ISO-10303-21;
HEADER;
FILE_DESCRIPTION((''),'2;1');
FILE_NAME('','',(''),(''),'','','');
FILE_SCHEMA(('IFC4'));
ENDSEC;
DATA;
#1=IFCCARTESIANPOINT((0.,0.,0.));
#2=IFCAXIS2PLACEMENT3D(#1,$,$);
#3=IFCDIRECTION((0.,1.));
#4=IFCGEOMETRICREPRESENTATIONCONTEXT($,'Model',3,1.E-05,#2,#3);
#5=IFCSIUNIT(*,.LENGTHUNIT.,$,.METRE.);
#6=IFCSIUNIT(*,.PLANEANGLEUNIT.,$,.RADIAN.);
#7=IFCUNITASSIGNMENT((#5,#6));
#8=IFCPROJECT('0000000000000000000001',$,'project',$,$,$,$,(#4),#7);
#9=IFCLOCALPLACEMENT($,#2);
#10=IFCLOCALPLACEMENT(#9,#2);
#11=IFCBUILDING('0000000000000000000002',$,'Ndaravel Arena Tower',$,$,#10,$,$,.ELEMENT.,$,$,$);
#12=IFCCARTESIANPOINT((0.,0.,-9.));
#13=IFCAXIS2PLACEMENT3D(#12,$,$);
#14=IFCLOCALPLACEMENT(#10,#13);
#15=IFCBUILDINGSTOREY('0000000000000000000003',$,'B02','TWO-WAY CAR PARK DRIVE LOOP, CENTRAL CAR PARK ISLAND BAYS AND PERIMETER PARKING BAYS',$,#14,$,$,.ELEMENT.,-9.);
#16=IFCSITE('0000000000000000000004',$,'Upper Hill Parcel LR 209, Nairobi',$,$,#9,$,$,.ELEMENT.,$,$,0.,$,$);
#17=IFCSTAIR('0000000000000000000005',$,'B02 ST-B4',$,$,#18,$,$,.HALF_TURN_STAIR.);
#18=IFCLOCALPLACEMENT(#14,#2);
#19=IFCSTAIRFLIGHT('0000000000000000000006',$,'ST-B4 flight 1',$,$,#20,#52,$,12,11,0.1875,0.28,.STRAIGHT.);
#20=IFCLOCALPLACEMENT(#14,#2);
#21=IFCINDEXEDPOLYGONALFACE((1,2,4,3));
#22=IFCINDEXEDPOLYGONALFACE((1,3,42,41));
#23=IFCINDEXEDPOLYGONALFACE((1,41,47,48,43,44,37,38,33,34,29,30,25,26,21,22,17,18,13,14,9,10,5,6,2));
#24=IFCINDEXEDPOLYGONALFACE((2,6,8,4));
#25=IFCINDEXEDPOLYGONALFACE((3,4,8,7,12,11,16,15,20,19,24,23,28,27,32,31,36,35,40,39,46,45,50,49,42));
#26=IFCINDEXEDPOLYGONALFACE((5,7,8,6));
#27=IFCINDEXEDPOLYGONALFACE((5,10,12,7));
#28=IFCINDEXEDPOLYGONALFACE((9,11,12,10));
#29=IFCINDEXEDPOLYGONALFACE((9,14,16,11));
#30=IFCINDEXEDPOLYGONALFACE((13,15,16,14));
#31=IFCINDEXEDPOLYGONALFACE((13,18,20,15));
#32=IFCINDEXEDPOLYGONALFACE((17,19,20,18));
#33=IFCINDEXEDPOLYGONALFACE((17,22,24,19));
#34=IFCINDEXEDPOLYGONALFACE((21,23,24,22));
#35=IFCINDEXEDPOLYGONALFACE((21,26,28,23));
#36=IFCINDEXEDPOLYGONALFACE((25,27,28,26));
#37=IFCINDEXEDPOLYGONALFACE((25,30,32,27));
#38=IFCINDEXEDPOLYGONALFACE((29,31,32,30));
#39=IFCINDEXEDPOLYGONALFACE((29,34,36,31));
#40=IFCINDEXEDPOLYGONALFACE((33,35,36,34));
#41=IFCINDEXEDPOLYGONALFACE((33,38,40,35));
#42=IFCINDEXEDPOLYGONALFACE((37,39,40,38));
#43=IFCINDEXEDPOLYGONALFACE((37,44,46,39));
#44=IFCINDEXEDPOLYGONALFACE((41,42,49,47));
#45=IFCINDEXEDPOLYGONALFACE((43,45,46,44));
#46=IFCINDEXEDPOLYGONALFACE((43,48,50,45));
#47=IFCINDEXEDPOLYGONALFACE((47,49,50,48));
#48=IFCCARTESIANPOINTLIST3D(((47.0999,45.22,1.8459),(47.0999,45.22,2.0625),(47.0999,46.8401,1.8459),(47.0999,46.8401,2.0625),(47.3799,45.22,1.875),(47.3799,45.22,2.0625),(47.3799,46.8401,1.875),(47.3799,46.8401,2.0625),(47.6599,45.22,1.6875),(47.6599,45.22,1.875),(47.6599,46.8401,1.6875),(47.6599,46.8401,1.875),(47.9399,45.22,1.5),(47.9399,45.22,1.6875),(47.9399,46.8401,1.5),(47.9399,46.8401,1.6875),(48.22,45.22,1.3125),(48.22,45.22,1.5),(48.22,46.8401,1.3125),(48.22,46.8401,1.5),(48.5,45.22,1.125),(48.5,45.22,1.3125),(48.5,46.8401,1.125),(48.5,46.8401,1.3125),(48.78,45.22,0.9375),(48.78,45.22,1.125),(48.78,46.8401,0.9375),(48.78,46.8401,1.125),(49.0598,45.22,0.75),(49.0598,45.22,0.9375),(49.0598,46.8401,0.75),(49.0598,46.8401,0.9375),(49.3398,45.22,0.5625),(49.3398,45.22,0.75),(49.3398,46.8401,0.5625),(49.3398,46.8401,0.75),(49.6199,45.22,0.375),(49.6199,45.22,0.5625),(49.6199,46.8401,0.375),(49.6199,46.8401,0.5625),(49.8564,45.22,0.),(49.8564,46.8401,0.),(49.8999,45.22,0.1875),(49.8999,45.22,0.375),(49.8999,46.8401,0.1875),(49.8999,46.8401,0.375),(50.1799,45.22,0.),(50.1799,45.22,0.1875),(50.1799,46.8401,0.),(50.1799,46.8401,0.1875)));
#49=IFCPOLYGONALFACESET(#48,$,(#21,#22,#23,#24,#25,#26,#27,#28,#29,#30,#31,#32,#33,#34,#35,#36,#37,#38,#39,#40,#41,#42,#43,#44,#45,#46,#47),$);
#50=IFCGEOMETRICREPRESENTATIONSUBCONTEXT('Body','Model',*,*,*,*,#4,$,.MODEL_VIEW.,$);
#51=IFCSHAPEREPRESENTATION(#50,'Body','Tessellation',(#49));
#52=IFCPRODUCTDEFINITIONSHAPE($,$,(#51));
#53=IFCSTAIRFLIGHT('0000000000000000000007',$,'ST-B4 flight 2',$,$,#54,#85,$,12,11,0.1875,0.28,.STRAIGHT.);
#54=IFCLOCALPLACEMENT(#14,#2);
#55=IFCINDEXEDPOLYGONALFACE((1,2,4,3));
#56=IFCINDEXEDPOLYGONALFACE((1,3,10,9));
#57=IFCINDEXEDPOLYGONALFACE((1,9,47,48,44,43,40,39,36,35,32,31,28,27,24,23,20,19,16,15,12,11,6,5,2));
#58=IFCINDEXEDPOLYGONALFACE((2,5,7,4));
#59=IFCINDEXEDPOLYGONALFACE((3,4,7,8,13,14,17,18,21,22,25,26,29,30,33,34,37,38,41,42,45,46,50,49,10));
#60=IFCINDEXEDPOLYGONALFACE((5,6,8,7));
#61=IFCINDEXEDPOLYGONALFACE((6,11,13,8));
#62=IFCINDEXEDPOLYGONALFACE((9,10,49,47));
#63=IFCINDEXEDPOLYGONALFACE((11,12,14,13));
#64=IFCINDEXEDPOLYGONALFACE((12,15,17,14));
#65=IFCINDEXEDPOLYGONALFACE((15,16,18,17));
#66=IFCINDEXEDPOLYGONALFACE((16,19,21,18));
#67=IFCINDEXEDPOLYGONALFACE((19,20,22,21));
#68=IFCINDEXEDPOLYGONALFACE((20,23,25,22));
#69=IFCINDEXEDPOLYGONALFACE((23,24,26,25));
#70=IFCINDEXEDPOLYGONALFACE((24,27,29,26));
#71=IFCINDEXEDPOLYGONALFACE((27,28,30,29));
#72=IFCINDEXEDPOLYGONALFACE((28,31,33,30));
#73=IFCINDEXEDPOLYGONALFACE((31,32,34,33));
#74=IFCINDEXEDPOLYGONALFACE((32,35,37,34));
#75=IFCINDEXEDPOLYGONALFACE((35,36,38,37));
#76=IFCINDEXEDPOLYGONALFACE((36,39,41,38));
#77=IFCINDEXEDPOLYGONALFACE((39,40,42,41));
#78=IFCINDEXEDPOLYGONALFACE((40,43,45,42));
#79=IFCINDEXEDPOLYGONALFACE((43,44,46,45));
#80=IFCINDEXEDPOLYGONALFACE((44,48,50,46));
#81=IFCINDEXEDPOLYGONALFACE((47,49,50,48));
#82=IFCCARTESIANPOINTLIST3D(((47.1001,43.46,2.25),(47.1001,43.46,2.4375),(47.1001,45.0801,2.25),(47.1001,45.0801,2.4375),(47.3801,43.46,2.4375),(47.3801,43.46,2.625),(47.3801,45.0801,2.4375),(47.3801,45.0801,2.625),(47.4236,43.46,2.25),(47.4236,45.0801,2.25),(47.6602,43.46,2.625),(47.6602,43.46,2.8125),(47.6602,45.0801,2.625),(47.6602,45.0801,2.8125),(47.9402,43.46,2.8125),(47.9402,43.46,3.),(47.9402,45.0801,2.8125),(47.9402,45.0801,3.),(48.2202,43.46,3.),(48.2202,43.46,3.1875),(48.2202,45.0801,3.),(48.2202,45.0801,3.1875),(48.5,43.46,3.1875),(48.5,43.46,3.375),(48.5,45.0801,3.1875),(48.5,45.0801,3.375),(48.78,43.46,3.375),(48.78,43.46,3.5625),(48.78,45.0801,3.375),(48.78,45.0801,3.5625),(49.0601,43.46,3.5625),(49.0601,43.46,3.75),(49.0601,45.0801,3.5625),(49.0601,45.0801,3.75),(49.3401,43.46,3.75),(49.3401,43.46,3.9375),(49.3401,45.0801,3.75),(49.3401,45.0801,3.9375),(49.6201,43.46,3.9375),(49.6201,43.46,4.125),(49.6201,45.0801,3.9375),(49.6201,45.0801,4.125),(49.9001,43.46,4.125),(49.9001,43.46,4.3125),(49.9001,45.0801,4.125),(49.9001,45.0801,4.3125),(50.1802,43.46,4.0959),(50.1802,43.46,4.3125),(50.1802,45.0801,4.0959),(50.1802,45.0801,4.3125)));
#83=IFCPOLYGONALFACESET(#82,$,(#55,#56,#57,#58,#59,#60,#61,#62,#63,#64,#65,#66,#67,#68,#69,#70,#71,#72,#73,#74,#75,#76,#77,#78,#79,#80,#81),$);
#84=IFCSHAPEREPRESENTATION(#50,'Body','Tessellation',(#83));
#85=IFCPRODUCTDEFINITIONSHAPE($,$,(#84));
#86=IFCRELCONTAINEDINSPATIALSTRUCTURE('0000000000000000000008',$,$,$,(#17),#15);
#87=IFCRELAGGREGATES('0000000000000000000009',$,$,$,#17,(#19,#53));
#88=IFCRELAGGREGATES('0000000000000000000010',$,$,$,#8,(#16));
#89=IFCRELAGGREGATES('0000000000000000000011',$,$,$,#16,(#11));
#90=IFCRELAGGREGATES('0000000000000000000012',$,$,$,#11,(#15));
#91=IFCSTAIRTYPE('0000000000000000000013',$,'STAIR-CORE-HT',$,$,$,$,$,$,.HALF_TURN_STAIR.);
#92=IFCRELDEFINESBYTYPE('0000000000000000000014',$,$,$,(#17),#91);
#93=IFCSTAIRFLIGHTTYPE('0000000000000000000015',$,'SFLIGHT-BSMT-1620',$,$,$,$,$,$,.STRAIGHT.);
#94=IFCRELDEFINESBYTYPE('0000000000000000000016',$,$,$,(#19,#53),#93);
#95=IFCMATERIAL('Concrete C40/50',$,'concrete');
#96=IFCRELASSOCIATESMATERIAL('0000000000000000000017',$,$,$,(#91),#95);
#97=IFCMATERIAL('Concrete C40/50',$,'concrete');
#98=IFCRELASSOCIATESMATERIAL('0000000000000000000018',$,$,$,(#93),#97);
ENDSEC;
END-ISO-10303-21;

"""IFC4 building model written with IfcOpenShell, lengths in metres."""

from ifc_helpers import new_model, si_unit, direction, frame, origin, place, context, subcontext, project, spatial, polyline, outline, extrude, material, type_object, element, aggregate, save


model = new_model("IFC4")

# Units and contexts
model_context = context("Model", 3, precision=1e-05, world=origin(), true_north=direction((0.0, 1.0)))
body_context = subcontext(model_context, "Body", "Model", "MODEL_VIEW")
ifc_project = project(units=[si_unit("LENGTHUNIT", "METRE"), si_unit("PLANEANGLEUNIT", "RADIAN")], contexts=[model_context])

# Site, building, storey
site_placement = place(None, origin())
site = spatial("IfcSite", under=ifc_project, at=site_placement, Name="Upper Hill Parcel LR 209, Nairobi", CompositionType="ELEMENT", RefElevation=0.0)
building_placement = place(site_placement, origin())
building = spatial("IfcBuilding", under=site, at=building_placement, Name="Ndaravel Arena Tower", CompositionType="ELEMENT")
storey_placement = place(building_placement, frame((0.0, 0.0, -9.0)))
storey = spatial("IfcBuildingStorey", under=building, at=storey_placement, Name="B02", Description="TWO-WAY CAR PARK DRIVE LOOP, CENTRAL CAR PARK ISLAND BAYS AND PERIMETER PARKING BAYS", CompositionType="ELEMENT", Elevation=-9.0)

# Stair, stair flights
ifc_material_1 = material(Name="Concrete C40/50", Category="concrete")
stair_type = type_object("IfcStairType", Name="STAIR-CORE-HT", PredefinedType="HALF_TURN_STAIR", material=ifc_material_1)
stair_placement = place(storey_placement, origin())
stair = element("IfcStair", 1, at=stair_placement, inside=storey, type_object=stair_type, Name="B02 ST-B4", PredefinedType="HALF_TURN_STAIR")
ifc_material_2 = material(Name="Concrete C40/50", Category="concrete")
stair_flight_type = type_object("IfcStairFlightType", Name="SFLIGHT-BSMT-1620", PredefinedType="STRAIGHT", material=ifc_material_2)
stair_flight_1_placement = place(storey_placement, frame((50.1799, 46.03, 0.0), z_axis=(0.0, 0.0, 1.0), x_axis=(-1.0, 0.0, 0.0)))
stair_flight_1 = element("IfcStairFlight", 2, at=stair_flight_1_placement, type_object=stair_flight_type, Name="ST-B4 flight 1", NumberOfRisers=12, NumberOfTreads=11, PredefinedType="STRAIGHT", RiserHeight=0.1875, TreadLength=0.28, context=body_context, shape_type="SweptSolid", body=[
    extrude(outline(polyline([(0.0, 0.0), (0.0, 0.1875), (0.28, 0.1875), (0.28, 0.375), (0.5601, 0.375), (0.5601, 0.5625), (0.8401, 0.5625), (0.8401, 0.75), (1.1201, 0.75), (1.1201, 0.9375), (1.3999, 0.9375), (1.3999, 1.125), (1.6799, 1.125), (1.6799, 1.3125), (1.96, 1.3125), (1.96, 1.5), (2.24, 1.5), (2.24, 1.6875), (2.52, 1.6875), (2.52, 1.875), (2.8, 1.875), (2.8, 2.0625), (3.0801, 2.0625), (3.0801, 2.25), (3.0801, 1.8459), (0.3235, 0.0), (0.0, 0.0)])), frame((0.0, 0.8101, 0.0), z_axis=(0.0, -1.0, 0.0), x_axis=(1.0, 0.0, 0.0)), (0.0, 0.0, 1.0), 1.6201),
])
stair_flight_2_placement = place(storey_placement, frame((47.1001, 44.27, 2.25), z_axis=(0.0, 0.0, 1.0), x_axis=(1.0, 0.0, 0.0)))
stair_flight_2 = element("IfcStairFlight", 3, at=stair_flight_2_placement, type_object=stair_flight_type, Name="ST-B4 flight 2", NumberOfRisers=12, NumberOfTreads=11, PredefinedType="STRAIGHT", RiserHeight=0.1875, TreadLength=0.28, context=body_context, shape_type="SweptSolid", body=[
    extrude(outline(polyline([(0.0, 0.0), (0.0, 0.1875), (0.28, 0.1875), (0.28, 0.375), (0.5601, 0.375), (0.5601, 0.5625), (0.8401, 0.5625), (0.8401, 0.75), (1.1201, 0.75), (1.1201, 0.9375), (1.3999, 0.9375), (1.3999, 1.125), (1.6799, 1.125), (1.6799, 1.3125), (1.96, 1.3125), (1.96, 1.5), (2.24, 1.5), (2.24, 1.6875), (2.52, 1.6875), (2.52, 1.875), (2.8, 1.875), (2.8, 2.0625), (3.0801, 2.0625), (3.0801, 2.25), (3.0801, 1.8459), (0.3235, 0.0), (0.0, 0.0)])), frame((0.0, 0.8101, 0.0), z_axis=(0.0, -1.0, 0.0), x_axis=(1.0, 0.0, 0.0)), (0.0, 0.0, 1.0), 1.6201),
])
aggregate(stair, [stair_flight_1, stair_flight_2])

save(model, "model.ifc")
